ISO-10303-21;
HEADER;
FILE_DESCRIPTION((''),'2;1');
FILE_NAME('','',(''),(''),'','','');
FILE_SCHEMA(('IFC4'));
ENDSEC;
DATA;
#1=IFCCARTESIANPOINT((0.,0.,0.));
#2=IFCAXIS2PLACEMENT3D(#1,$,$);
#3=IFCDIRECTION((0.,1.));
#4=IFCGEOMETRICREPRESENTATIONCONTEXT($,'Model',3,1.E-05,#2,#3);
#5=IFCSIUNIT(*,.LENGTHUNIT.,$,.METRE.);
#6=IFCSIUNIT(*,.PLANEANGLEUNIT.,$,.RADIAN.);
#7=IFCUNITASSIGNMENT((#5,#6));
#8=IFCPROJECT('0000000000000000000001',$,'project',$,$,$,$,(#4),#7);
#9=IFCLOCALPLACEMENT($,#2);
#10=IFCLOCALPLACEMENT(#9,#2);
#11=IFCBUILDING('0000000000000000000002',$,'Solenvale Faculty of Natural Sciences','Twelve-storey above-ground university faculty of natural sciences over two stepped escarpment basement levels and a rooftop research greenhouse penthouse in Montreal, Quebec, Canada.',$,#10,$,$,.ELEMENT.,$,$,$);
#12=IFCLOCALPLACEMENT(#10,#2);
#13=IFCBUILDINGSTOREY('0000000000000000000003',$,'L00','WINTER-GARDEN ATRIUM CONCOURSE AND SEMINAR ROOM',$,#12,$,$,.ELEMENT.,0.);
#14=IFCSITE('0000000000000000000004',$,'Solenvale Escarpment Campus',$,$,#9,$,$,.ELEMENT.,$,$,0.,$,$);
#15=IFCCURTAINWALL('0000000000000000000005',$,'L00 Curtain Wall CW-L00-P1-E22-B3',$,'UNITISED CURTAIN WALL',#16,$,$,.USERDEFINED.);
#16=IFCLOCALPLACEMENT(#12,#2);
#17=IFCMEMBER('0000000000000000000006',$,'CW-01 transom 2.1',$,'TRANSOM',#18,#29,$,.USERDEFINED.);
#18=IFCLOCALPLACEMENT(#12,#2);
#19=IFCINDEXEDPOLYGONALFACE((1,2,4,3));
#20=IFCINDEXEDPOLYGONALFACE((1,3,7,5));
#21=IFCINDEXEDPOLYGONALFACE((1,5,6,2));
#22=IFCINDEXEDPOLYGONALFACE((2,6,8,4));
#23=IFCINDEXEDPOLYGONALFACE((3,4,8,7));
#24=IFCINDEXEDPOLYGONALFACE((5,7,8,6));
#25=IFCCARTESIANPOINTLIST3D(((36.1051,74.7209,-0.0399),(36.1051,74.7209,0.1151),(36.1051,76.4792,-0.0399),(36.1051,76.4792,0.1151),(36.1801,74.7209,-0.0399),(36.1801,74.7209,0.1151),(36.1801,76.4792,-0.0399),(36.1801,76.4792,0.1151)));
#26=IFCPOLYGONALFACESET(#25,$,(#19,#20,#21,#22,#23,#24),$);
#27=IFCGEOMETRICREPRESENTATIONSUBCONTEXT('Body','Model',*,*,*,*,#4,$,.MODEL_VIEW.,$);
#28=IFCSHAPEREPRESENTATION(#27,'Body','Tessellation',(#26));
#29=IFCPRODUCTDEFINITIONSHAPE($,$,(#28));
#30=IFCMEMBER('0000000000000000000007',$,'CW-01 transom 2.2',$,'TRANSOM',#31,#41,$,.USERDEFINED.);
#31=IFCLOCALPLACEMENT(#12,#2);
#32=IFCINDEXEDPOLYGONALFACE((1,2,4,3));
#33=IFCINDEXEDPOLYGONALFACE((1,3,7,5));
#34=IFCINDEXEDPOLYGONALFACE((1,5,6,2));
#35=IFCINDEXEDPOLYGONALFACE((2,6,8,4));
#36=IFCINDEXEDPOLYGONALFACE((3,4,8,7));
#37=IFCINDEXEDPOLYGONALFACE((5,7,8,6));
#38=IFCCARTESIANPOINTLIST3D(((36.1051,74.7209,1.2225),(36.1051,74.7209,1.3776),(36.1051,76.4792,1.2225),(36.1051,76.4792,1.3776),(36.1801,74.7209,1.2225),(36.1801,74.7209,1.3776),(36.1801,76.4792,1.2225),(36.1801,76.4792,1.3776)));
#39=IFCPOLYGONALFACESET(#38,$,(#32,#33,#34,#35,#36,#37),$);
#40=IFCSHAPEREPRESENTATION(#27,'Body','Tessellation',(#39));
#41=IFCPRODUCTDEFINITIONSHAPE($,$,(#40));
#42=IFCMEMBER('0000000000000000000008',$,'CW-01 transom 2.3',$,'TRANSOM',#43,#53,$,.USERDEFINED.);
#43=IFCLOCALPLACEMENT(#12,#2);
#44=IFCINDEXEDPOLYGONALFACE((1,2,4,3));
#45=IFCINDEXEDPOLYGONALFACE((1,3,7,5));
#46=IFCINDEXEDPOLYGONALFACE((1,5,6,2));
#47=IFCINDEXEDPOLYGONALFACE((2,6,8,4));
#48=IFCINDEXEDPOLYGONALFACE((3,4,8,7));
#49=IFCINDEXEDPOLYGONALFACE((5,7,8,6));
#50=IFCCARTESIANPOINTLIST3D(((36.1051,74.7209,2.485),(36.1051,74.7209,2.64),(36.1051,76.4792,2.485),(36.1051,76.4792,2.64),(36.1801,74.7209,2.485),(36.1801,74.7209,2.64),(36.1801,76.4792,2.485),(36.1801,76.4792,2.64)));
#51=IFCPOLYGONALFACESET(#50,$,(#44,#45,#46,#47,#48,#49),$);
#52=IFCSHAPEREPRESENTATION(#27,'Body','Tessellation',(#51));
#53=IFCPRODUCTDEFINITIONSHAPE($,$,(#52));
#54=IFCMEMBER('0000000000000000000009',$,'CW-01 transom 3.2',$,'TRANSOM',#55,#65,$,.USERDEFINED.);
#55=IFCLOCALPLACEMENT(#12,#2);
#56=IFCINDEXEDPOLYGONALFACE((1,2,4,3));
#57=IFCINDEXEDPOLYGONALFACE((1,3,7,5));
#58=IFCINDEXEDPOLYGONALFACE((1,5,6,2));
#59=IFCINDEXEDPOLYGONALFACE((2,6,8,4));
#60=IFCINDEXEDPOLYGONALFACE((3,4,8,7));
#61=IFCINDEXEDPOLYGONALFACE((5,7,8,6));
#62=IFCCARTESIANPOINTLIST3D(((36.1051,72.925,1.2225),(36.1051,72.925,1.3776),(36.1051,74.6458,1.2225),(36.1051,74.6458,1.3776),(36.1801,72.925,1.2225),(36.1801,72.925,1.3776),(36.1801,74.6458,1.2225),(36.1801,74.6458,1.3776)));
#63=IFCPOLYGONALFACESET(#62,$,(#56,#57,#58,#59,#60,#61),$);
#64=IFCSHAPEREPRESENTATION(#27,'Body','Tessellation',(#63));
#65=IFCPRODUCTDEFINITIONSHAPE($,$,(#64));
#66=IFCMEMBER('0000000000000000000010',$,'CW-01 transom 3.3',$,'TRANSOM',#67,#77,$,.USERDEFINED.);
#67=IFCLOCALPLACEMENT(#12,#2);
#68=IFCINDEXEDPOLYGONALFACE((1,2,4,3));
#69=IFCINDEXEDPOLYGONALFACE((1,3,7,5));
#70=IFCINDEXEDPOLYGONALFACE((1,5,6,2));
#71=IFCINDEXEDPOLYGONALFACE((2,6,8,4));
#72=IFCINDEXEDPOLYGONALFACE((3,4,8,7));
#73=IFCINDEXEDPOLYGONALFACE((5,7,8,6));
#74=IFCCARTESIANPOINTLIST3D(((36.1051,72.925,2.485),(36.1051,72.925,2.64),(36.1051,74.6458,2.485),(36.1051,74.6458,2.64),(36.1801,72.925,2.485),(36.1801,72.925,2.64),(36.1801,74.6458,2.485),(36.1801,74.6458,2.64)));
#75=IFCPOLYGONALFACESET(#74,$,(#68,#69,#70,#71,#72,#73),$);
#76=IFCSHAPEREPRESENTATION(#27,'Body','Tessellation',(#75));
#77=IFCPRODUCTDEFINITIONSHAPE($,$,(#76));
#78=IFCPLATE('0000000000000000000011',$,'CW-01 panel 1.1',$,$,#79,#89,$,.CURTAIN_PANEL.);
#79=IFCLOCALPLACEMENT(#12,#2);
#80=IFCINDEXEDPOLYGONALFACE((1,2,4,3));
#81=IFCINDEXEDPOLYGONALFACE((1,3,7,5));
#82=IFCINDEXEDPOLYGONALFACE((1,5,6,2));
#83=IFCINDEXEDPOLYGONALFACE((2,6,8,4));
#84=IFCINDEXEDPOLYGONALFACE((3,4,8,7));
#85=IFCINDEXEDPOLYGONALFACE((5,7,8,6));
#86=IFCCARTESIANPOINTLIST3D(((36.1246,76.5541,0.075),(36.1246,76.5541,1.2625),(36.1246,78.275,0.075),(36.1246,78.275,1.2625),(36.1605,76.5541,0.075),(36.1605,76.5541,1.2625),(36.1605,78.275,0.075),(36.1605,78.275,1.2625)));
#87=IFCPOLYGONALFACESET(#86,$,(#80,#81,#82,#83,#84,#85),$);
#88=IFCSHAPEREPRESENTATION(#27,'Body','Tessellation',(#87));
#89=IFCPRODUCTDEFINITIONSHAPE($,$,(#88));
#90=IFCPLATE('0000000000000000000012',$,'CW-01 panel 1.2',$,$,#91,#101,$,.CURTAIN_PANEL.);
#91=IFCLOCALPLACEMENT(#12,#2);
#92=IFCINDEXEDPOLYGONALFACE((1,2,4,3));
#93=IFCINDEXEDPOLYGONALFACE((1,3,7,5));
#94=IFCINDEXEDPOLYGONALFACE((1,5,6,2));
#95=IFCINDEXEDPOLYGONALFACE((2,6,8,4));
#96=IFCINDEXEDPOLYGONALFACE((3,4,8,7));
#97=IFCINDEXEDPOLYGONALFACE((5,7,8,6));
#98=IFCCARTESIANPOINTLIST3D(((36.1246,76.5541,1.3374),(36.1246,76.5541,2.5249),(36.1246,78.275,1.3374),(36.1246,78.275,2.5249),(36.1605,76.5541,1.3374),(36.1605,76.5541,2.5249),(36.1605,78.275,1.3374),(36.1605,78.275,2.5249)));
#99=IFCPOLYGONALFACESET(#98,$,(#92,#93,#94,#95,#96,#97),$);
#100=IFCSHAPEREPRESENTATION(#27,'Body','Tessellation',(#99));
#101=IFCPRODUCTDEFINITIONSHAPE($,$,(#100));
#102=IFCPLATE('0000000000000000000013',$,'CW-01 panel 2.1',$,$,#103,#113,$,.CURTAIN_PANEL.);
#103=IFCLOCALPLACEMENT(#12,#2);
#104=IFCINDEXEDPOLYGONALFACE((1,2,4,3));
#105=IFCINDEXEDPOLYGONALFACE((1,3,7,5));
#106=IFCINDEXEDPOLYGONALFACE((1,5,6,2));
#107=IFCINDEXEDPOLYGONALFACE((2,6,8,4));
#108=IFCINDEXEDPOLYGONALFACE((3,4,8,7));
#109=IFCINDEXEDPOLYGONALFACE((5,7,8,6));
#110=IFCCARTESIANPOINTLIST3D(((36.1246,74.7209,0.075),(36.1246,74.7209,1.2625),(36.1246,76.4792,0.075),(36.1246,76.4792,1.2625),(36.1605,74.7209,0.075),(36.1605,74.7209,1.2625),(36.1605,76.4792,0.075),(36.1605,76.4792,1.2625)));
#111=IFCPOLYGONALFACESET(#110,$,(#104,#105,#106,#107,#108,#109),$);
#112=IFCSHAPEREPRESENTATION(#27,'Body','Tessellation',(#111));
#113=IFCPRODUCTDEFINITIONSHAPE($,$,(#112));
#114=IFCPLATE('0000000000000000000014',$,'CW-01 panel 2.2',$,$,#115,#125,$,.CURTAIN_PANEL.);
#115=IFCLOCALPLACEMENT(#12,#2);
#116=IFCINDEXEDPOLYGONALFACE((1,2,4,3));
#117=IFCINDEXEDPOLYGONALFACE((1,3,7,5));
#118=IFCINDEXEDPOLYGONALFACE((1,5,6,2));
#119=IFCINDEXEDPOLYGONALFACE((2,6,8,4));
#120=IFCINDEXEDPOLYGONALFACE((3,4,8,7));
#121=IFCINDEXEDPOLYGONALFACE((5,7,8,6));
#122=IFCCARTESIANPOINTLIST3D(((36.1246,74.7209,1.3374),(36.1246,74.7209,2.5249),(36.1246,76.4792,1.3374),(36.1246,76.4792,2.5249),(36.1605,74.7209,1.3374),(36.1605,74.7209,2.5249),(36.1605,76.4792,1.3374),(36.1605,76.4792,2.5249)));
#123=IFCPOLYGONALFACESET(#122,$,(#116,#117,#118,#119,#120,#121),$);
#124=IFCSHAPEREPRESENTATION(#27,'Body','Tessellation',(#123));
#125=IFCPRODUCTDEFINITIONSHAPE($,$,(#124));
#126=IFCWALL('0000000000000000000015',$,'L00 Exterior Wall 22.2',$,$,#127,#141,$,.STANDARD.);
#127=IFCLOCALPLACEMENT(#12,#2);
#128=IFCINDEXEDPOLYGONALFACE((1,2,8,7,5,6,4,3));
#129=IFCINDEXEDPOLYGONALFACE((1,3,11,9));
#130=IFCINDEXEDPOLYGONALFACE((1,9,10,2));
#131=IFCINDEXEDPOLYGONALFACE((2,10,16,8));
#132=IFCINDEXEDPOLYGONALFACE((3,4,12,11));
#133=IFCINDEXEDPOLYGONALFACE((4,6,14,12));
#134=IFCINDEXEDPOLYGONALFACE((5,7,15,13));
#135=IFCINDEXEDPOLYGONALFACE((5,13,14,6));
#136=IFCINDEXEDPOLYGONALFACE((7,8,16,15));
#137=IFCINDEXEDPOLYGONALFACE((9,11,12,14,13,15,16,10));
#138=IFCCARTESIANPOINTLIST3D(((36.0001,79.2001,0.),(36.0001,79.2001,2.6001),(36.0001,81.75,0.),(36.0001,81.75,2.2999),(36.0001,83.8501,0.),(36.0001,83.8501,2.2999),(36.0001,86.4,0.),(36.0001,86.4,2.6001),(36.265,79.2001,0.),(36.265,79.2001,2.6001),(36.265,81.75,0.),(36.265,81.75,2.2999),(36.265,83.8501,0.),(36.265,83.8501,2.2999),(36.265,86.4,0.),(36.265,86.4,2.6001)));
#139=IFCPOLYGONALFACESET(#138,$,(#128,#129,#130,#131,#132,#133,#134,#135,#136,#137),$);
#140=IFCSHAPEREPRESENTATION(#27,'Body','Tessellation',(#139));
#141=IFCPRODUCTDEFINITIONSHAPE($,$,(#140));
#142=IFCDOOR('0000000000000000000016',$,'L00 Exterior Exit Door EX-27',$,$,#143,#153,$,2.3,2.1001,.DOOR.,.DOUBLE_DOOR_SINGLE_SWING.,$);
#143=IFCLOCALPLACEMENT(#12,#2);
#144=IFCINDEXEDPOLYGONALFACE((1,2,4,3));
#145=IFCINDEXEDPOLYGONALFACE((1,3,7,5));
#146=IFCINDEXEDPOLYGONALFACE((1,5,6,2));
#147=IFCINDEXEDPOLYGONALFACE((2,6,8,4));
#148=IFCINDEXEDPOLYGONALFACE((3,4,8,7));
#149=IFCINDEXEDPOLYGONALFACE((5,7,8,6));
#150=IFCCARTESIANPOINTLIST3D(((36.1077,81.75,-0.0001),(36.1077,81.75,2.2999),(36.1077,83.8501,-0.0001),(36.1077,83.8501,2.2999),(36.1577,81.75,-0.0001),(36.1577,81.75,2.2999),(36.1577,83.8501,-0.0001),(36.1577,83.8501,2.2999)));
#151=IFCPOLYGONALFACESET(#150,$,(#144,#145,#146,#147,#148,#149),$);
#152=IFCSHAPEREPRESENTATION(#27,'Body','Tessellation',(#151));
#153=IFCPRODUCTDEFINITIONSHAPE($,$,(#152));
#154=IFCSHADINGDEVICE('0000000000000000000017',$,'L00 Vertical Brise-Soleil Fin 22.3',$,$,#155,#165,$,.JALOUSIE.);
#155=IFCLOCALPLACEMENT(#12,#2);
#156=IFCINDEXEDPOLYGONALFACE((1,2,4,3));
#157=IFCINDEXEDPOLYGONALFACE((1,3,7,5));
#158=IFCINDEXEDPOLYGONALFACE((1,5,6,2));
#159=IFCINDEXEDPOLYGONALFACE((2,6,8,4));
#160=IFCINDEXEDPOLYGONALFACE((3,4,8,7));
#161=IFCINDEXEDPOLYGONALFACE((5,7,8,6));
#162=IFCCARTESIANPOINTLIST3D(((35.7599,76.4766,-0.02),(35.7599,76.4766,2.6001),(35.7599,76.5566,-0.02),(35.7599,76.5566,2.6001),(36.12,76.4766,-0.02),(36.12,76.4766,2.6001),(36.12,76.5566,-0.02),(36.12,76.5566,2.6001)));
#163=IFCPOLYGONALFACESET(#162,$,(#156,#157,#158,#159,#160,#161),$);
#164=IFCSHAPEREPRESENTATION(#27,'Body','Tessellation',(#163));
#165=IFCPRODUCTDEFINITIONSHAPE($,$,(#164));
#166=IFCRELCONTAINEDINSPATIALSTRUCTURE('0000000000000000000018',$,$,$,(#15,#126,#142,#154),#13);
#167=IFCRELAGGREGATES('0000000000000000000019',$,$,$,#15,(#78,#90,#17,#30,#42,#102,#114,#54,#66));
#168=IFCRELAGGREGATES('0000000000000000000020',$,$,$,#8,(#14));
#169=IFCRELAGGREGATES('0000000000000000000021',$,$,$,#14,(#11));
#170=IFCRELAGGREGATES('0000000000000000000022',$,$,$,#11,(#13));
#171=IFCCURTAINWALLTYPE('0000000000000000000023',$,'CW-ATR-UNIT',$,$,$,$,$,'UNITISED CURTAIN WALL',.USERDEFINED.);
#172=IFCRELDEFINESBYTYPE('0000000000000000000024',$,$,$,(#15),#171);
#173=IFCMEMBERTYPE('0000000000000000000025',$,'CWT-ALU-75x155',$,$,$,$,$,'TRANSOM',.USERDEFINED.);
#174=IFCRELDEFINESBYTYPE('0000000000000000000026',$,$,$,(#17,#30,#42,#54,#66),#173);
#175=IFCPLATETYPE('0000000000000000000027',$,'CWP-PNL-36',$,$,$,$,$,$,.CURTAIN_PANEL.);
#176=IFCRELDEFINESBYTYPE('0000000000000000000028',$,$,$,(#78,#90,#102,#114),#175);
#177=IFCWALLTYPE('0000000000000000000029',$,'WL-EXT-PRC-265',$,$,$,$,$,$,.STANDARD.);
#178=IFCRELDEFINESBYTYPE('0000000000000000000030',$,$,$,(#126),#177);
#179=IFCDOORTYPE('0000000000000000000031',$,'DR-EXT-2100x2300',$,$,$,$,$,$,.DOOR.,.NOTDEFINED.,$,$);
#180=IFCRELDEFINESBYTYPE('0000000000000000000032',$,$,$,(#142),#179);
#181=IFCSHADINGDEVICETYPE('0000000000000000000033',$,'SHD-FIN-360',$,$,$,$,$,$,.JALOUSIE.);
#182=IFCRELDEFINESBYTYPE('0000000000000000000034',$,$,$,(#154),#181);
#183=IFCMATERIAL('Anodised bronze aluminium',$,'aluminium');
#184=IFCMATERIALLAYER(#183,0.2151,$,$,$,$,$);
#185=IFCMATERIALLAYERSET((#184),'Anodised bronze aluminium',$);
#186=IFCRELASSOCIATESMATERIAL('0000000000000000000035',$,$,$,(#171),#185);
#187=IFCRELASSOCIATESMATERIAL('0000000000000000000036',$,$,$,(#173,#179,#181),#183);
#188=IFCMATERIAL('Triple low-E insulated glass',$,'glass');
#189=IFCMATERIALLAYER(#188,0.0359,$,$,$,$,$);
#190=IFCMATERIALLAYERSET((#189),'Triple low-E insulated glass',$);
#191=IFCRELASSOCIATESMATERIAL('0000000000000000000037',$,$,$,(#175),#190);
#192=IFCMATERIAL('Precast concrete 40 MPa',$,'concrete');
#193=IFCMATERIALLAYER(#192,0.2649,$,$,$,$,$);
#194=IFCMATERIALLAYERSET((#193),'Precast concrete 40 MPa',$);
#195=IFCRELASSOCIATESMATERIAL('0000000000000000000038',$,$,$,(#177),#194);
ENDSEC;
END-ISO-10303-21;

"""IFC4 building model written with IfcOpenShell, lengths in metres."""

from ifc_helpers import new_model, si_unit, direction, frame, frame_2d, origin, origin_2d, place, context, subcontext, project, spatial, rectangle, extrude, material, layer, layer_set, material_profile, profile_set, type_object, element, fill, aggregate, save


model = new_model("IFC4")

# Units and contexts
model_context = context("Model", 3, precision=1e-05, world=origin(), true_north=direction((0.0, 1.0)))
body_context = subcontext(model_context, "Body", "Model", "MODEL_VIEW")
ifc_project = project(units=[si_unit("LENGTHUNIT", "METRE"), si_unit("PLANEANGLEUNIT", "RADIAN")], contexts=[model_context])

# Site, building, storey
site_placement = place(None, origin())
site = spatial("IfcSite", under=ifc_project, at=site_placement, Name="Solenvale Escarpment Campus", CompositionType="ELEMENT", RefElevation=0.0)
building_placement = place(site_placement, origin())
building = spatial("IfcBuilding", under=site, at=building_placement, Name="Solenvale Faculty of Natural Sciences", Description="Twelve-storey above-ground university faculty of natural sciences over two stepped escarpment basement levels and a rooftop research greenhouse penthouse in Montreal, Quebec, Canada.", CompositionType="ELEMENT")
storey_placement = place(building_placement, origin())
storey = spatial("IfcBuildingStorey", under=building, at=storey_placement, Name="L00", Description="WINTER-GARDEN ATRIUM CONCOURSE AND SEMINAR ROOM", CompositionType="ELEMENT", Elevation=0.0)

# Curtain wall, members, plates
ifc_material_1 = material(Name="Anodised bronze aluminium", Category="aluminium")
ifc_layer_1 = layer(ifc_material_1, 0.2151)
ifc_layer_set_1 = layer_set([ifc_layer_1], Name="Anodised bronze aluminium")
curtain_wall_type = type_object("IfcCurtainWallType", Name="CW-ATR-UNIT", ElementType="UNITISED CURTAIN WALL", PredefinedType="USERDEFINED", material=ifc_layer_set_1)
curtain_wall_placement = place(storey_placement, origin())
curtain_wall = element("IfcCurtainWall", 1, at=curtain_wall_placement, inside=storey, type_object=curtain_wall_type, Name="L00 Curtain Wall CW-L00-P1-E22-B3", ObjectType="UNITISED CURTAIN WALL", PredefinedType="USERDEFINED")
ifc_material_profile_1 = material_profile(ifc_material_1, rectangle(XDim=0.075, YDim=0.155, at=origin_2d()), Name="ALU-TRN-75x155")
ifc_profile_set_1 = profile_set([ifc_material_profile_1], Name="Anodised bronze aluminium")
member_type_1 = type_object("IfcMemberType", Name="CWT-ALU-75x155", ElementType="TRANSOM", PredefinedType="USERDEFINED", material=ifc_profile_set_1)
member_1_placement = place(storey_placement, frame((36.1426, 76.4792, 0.0376), z_axis=(0.0, -1.0, 0.0), x_axis=(1.0, 0.0, 0.0)))
member_1 = element("IfcMember", 2, at=member_1_placement, type_object=member_type_1, Name="CW-01 transom 2.1", ObjectType="TRANSOM", PredefinedType="USERDEFINED", context=body_context, shape_type="SweptSolid", body=[
    extrude(rectangle(XDim=0.075, YDim=0.155, at=origin_2d()), origin(), (0.0, 0.0, 1.0), 1.7583),
])
member_2_placement = place(storey_placement, frame((36.1426, 76.4792, 1.3), z_axis=(0.0, -1.0, 0.0), x_axis=(1.0, 0.0, 0.0)))
member_2 = element("IfcMember", 3, at=member_2_placement, type_object=member_type_1, Name="CW-01 transom 2.2", ObjectType="TRANSOM", PredefinedType="USERDEFINED", context=body_context, shape_type="SweptSolid", body=[
    extrude(rectangle(XDim=0.075, YDim=0.155, at=origin_2d()), origin(), (0.0, 0.0, 1.0), 1.7583),
])
member_3_placement = place(storey_placement, frame((36.1426, 76.4792, 2.5625), z_axis=(0.0, -1.0, 0.0), x_axis=(1.0, 0.0, 0.0)))
member_3 = element("IfcMember", 4, at=member_3_placement, type_object=member_type_1, Name="CW-01 transom 2.3", ObjectType="TRANSOM", PredefinedType="USERDEFINED", context=body_context, shape_type="SweptSolid", body=[
    extrude(rectangle(XDim=0.075, YDim=0.155, at=origin_2d()), origin(), (0.0, 0.0, 1.0), 1.7583),
])
member_4_placement = place(storey_placement, frame((36.1426, 74.6458, 1.3), z_axis=(0.0, -1.0, 0.0), x_axis=(1.0, 0.0, 0.0)))
member_4 = element("IfcMember", 5, at=member_4_placement, type_object=member_type_1, Name="CW-01 transom 3.2", ObjectType="TRANSOM", PredefinedType="USERDEFINED", context=body_context, shape_type="SweptSolid", body=[
    extrude(rectangle(XDim=0.075, YDim=0.155, at=origin_2d()), origin(), (0.0, 0.0, 1.0), 1.7207),
])
member_5_placement = place(storey_placement, frame((36.1426, 74.6458, 2.5625), z_axis=(0.0, -1.0, 0.0), x_axis=(1.0, 0.0, 0.0)))
member_5 = element("IfcMember", 6, at=member_5_placement, type_object=member_type_1, Name="CW-01 transom 3.3", ObjectType="TRANSOM", PredefinedType="USERDEFINED", context=body_context, shape_type="SweptSolid", body=[
    extrude(rectangle(XDim=0.075, YDim=0.155, at=origin_2d()), origin(), (0.0, 0.0, 1.0), 1.7207),
])
ifc_material_2 = material(Name="Triple low-E insulated glass", Category="glass")
ifc_layer_2 = layer(ifc_material_2, 0.0359)
ifc_layer_set_2 = layer_set([ifc_layer_2], Name="Triple low-E insulated glass")
plate_type = type_object("IfcPlateType", Name="CWP-PNL-36", PredefinedType="CURTAIN_PANEL", material=ifc_layer_set_2)
plate_1_placement = place(storey_placement, frame((36.1426, 77.4146, 0.075), z_axis=(0.0, 0.0, 1.0), x_axis=(0.0, -1.0, 0.0)))
plate_1 = element("IfcPlate", 7, at=plate_1_placement, type_object=plate_type, Name="CW-01 panel 1.1", PredefinedType="CURTAIN_PANEL", context=body_context, shape_type="SweptSolid", body=[
    extrude(rectangle(XDim=1.7209, YDim=0.0359, at=origin_2d()), origin(), (0.0, 0.0, 1.0), 1.1875),
])
plate_2_placement = place(storey_placement, frame((36.1426, 77.4146, 1.3374), z_axis=(0.0, 0.0, 1.0), x_axis=(0.0, -1.0, 0.0)))
plate_2 = element("IfcPlate", 8, at=plate_2_placement, type_object=plate_type, Name="CW-01 panel 1.2", PredefinedType="CURTAIN_PANEL", context=body_context, shape_type="SweptSolid", body=[
    extrude(rectangle(XDim=1.7209, YDim=0.0359, at=origin_2d()), origin(), (0.0, 0.0, 1.0), 1.1875),
])
plate_3_placement = place(storey_placement, frame((36.1426, 75.6001, 0.075), z_axis=(0.0, 0.0, 1.0), x_axis=(0.0, -1.0, 0.0)))
plate_3 = element("IfcPlate", 9, at=plate_3_placement, type_object=plate_type, Name="CW-01 panel 2.1", PredefinedType="CURTAIN_PANEL", context=body_context, shape_type="SweptSolid", body=[
    extrude(rectangle(XDim=1.7583, YDim=0.0359, at=origin_2d()), origin(), (0.0, 0.0, 1.0), 1.1875),
])
plate_4_placement = place(storey_placement, frame((36.1426, 75.6001, 1.3374), z_axis=(0.0, 0.0, 1.0), x_axis=(0.0, -1.0, 0.0)))
plate_4 = element("IfcPlate", 10, at=plate_4_placement, type_object=plate_type, Name="CW-01 panel 2.2", PredefinedType="CURTAIN_PANEL", context=body_context, shape_type="SweptSolid", body=[
    extrude(rectangle(XDim=1.7583, YDim=0.0359, at=origin_2d()), origin(), (0.0, 0.0, 1.0), 1.1875),
])
aggregate(curtain_wall, [plate_1, plate_2, member_1, member_2, member_3, plate_3, plate_4, member_4, member_5])

# Wall, opening, door
ifc_material_3 = material(Name="Precast concrete 40 MPa", Category="concrete")
ifc_layer_3 = layer(ifc_material_3, 0.2649)
ifc_layer_set_3 = layer_set([ifc_layer_3], Name="Precast concrete 40 MPa")
wall_type = type_object("IfcWallType", Name="WL-EXT-PRC-265", PredefinedType="STANDARD", material=ifc_layer_set_3)
wall_placement = place(storey_placement, frame((36.1326, 79.2, 0.0), z_axis=(0.0, 0.0, 1.0), x_axis=(0.0, 1.0, 0.0)))
wall = element("IfcWall", 11, at=wall_placement, inside=storey, type_object=wall_type, Name="L00 Exterior Wall 22.2", PredefinedType="STANDARD", context=body_context, shape_type="SweptSolid", body=[
    extrude(rectangle(XDim=7.2, YDim=0.2649, at=frame_2d((3.6001, 0.0))), origin(), (0.0, 0.0, 1.0), 2.6001),
])
opening_placement = place(wall_placement, frame((2.55, 0.0, 0.0)))
opening = element("IfcOpeningElement", 12, at=opening_placement, cuts=wall, PredefinedType="OPENING", context=body_context, shape_type="SweptSolid", body=[
    extrude(rectangle(XDim=2.1001, YDim=2.3, at=frame_2d((1.05, 1.1499))), frame((0.0, 0.1423, 0.0), z_axis=(0.0, -1.0, 0.0), x_axis=(1.0, 0.0, 0.0)), (0.0, 0.0, 1.0), 0.2849),
])
door_type = type_object("IfcDoorType", Name="DR-EXT-2100x2300", OperationType="NOTDEFINED", PredefinedType="DOOR", material=ifc_material_1)
door_placement = place(opening_placement, origin())
door = element("IfcDoor", 13, at=door_placement, inside=storey, type_object=door_type, Name="L00 Exterior Exit Door EX-27", OperationType="DOUBLE_DOOR_SINGLE_SWING", OverallHeight=2.3, OverallWidth=2.1001, PredefinedType="DOOR", context=body_context, shape_type="SweptSolid", body=[
    extrude(rectangle(XDim=2.1001, YDim=2.3, at=frame_2d((1.05, 1.1499))), frame((0.0, 0.0249, 0.0), z_axis=(0.0, -1.0, 0.0), x_axis=(1.0, 0.0, 0.0)), (0.0, 0.0, 1.0), 0.05),
])
fill(opening, door)

# Shading device
ifc_material_profile_2 = material_profile(ifc_material_1, rectangle(XDim=0.0801, YDim=0.3601, at=origin_2d()), Name="ALU-FIN-80x360")
ifc_profile_set_2 = profile_set([ifc_material_profile_2], Name="Anodised bronze aluminium")
shading_device_type = type_object("IfcShadingDeviceType", Name="SHD-FIN-360", PredefinedType="JALOUSIE", material=ifc_profile_set_2)
shading_device_placement = place(storey_placement, frame((35.9399, 76.5166, -0.02), z_axis=(0.0, 0.0, 1.0), x_axis=(0.0, 1.0, 0.0)))
element("IfcShadingDevice", 14, at=shading_device_placement, inside=storey, type_object=shading_device_type, Name="L00 Vertical Brise-Soleil Fin 22.3", PredefinedType="JALOUSIE", context=body_context, shape_type="SweptSolid", body=[
    extrude(rectangle(XDim=0.0801, YDim=0.3601, at=origin_2d()), origin(), (0.0, 0.0, 1.0), 2.6201),
])

save(model, "model.ifc")
